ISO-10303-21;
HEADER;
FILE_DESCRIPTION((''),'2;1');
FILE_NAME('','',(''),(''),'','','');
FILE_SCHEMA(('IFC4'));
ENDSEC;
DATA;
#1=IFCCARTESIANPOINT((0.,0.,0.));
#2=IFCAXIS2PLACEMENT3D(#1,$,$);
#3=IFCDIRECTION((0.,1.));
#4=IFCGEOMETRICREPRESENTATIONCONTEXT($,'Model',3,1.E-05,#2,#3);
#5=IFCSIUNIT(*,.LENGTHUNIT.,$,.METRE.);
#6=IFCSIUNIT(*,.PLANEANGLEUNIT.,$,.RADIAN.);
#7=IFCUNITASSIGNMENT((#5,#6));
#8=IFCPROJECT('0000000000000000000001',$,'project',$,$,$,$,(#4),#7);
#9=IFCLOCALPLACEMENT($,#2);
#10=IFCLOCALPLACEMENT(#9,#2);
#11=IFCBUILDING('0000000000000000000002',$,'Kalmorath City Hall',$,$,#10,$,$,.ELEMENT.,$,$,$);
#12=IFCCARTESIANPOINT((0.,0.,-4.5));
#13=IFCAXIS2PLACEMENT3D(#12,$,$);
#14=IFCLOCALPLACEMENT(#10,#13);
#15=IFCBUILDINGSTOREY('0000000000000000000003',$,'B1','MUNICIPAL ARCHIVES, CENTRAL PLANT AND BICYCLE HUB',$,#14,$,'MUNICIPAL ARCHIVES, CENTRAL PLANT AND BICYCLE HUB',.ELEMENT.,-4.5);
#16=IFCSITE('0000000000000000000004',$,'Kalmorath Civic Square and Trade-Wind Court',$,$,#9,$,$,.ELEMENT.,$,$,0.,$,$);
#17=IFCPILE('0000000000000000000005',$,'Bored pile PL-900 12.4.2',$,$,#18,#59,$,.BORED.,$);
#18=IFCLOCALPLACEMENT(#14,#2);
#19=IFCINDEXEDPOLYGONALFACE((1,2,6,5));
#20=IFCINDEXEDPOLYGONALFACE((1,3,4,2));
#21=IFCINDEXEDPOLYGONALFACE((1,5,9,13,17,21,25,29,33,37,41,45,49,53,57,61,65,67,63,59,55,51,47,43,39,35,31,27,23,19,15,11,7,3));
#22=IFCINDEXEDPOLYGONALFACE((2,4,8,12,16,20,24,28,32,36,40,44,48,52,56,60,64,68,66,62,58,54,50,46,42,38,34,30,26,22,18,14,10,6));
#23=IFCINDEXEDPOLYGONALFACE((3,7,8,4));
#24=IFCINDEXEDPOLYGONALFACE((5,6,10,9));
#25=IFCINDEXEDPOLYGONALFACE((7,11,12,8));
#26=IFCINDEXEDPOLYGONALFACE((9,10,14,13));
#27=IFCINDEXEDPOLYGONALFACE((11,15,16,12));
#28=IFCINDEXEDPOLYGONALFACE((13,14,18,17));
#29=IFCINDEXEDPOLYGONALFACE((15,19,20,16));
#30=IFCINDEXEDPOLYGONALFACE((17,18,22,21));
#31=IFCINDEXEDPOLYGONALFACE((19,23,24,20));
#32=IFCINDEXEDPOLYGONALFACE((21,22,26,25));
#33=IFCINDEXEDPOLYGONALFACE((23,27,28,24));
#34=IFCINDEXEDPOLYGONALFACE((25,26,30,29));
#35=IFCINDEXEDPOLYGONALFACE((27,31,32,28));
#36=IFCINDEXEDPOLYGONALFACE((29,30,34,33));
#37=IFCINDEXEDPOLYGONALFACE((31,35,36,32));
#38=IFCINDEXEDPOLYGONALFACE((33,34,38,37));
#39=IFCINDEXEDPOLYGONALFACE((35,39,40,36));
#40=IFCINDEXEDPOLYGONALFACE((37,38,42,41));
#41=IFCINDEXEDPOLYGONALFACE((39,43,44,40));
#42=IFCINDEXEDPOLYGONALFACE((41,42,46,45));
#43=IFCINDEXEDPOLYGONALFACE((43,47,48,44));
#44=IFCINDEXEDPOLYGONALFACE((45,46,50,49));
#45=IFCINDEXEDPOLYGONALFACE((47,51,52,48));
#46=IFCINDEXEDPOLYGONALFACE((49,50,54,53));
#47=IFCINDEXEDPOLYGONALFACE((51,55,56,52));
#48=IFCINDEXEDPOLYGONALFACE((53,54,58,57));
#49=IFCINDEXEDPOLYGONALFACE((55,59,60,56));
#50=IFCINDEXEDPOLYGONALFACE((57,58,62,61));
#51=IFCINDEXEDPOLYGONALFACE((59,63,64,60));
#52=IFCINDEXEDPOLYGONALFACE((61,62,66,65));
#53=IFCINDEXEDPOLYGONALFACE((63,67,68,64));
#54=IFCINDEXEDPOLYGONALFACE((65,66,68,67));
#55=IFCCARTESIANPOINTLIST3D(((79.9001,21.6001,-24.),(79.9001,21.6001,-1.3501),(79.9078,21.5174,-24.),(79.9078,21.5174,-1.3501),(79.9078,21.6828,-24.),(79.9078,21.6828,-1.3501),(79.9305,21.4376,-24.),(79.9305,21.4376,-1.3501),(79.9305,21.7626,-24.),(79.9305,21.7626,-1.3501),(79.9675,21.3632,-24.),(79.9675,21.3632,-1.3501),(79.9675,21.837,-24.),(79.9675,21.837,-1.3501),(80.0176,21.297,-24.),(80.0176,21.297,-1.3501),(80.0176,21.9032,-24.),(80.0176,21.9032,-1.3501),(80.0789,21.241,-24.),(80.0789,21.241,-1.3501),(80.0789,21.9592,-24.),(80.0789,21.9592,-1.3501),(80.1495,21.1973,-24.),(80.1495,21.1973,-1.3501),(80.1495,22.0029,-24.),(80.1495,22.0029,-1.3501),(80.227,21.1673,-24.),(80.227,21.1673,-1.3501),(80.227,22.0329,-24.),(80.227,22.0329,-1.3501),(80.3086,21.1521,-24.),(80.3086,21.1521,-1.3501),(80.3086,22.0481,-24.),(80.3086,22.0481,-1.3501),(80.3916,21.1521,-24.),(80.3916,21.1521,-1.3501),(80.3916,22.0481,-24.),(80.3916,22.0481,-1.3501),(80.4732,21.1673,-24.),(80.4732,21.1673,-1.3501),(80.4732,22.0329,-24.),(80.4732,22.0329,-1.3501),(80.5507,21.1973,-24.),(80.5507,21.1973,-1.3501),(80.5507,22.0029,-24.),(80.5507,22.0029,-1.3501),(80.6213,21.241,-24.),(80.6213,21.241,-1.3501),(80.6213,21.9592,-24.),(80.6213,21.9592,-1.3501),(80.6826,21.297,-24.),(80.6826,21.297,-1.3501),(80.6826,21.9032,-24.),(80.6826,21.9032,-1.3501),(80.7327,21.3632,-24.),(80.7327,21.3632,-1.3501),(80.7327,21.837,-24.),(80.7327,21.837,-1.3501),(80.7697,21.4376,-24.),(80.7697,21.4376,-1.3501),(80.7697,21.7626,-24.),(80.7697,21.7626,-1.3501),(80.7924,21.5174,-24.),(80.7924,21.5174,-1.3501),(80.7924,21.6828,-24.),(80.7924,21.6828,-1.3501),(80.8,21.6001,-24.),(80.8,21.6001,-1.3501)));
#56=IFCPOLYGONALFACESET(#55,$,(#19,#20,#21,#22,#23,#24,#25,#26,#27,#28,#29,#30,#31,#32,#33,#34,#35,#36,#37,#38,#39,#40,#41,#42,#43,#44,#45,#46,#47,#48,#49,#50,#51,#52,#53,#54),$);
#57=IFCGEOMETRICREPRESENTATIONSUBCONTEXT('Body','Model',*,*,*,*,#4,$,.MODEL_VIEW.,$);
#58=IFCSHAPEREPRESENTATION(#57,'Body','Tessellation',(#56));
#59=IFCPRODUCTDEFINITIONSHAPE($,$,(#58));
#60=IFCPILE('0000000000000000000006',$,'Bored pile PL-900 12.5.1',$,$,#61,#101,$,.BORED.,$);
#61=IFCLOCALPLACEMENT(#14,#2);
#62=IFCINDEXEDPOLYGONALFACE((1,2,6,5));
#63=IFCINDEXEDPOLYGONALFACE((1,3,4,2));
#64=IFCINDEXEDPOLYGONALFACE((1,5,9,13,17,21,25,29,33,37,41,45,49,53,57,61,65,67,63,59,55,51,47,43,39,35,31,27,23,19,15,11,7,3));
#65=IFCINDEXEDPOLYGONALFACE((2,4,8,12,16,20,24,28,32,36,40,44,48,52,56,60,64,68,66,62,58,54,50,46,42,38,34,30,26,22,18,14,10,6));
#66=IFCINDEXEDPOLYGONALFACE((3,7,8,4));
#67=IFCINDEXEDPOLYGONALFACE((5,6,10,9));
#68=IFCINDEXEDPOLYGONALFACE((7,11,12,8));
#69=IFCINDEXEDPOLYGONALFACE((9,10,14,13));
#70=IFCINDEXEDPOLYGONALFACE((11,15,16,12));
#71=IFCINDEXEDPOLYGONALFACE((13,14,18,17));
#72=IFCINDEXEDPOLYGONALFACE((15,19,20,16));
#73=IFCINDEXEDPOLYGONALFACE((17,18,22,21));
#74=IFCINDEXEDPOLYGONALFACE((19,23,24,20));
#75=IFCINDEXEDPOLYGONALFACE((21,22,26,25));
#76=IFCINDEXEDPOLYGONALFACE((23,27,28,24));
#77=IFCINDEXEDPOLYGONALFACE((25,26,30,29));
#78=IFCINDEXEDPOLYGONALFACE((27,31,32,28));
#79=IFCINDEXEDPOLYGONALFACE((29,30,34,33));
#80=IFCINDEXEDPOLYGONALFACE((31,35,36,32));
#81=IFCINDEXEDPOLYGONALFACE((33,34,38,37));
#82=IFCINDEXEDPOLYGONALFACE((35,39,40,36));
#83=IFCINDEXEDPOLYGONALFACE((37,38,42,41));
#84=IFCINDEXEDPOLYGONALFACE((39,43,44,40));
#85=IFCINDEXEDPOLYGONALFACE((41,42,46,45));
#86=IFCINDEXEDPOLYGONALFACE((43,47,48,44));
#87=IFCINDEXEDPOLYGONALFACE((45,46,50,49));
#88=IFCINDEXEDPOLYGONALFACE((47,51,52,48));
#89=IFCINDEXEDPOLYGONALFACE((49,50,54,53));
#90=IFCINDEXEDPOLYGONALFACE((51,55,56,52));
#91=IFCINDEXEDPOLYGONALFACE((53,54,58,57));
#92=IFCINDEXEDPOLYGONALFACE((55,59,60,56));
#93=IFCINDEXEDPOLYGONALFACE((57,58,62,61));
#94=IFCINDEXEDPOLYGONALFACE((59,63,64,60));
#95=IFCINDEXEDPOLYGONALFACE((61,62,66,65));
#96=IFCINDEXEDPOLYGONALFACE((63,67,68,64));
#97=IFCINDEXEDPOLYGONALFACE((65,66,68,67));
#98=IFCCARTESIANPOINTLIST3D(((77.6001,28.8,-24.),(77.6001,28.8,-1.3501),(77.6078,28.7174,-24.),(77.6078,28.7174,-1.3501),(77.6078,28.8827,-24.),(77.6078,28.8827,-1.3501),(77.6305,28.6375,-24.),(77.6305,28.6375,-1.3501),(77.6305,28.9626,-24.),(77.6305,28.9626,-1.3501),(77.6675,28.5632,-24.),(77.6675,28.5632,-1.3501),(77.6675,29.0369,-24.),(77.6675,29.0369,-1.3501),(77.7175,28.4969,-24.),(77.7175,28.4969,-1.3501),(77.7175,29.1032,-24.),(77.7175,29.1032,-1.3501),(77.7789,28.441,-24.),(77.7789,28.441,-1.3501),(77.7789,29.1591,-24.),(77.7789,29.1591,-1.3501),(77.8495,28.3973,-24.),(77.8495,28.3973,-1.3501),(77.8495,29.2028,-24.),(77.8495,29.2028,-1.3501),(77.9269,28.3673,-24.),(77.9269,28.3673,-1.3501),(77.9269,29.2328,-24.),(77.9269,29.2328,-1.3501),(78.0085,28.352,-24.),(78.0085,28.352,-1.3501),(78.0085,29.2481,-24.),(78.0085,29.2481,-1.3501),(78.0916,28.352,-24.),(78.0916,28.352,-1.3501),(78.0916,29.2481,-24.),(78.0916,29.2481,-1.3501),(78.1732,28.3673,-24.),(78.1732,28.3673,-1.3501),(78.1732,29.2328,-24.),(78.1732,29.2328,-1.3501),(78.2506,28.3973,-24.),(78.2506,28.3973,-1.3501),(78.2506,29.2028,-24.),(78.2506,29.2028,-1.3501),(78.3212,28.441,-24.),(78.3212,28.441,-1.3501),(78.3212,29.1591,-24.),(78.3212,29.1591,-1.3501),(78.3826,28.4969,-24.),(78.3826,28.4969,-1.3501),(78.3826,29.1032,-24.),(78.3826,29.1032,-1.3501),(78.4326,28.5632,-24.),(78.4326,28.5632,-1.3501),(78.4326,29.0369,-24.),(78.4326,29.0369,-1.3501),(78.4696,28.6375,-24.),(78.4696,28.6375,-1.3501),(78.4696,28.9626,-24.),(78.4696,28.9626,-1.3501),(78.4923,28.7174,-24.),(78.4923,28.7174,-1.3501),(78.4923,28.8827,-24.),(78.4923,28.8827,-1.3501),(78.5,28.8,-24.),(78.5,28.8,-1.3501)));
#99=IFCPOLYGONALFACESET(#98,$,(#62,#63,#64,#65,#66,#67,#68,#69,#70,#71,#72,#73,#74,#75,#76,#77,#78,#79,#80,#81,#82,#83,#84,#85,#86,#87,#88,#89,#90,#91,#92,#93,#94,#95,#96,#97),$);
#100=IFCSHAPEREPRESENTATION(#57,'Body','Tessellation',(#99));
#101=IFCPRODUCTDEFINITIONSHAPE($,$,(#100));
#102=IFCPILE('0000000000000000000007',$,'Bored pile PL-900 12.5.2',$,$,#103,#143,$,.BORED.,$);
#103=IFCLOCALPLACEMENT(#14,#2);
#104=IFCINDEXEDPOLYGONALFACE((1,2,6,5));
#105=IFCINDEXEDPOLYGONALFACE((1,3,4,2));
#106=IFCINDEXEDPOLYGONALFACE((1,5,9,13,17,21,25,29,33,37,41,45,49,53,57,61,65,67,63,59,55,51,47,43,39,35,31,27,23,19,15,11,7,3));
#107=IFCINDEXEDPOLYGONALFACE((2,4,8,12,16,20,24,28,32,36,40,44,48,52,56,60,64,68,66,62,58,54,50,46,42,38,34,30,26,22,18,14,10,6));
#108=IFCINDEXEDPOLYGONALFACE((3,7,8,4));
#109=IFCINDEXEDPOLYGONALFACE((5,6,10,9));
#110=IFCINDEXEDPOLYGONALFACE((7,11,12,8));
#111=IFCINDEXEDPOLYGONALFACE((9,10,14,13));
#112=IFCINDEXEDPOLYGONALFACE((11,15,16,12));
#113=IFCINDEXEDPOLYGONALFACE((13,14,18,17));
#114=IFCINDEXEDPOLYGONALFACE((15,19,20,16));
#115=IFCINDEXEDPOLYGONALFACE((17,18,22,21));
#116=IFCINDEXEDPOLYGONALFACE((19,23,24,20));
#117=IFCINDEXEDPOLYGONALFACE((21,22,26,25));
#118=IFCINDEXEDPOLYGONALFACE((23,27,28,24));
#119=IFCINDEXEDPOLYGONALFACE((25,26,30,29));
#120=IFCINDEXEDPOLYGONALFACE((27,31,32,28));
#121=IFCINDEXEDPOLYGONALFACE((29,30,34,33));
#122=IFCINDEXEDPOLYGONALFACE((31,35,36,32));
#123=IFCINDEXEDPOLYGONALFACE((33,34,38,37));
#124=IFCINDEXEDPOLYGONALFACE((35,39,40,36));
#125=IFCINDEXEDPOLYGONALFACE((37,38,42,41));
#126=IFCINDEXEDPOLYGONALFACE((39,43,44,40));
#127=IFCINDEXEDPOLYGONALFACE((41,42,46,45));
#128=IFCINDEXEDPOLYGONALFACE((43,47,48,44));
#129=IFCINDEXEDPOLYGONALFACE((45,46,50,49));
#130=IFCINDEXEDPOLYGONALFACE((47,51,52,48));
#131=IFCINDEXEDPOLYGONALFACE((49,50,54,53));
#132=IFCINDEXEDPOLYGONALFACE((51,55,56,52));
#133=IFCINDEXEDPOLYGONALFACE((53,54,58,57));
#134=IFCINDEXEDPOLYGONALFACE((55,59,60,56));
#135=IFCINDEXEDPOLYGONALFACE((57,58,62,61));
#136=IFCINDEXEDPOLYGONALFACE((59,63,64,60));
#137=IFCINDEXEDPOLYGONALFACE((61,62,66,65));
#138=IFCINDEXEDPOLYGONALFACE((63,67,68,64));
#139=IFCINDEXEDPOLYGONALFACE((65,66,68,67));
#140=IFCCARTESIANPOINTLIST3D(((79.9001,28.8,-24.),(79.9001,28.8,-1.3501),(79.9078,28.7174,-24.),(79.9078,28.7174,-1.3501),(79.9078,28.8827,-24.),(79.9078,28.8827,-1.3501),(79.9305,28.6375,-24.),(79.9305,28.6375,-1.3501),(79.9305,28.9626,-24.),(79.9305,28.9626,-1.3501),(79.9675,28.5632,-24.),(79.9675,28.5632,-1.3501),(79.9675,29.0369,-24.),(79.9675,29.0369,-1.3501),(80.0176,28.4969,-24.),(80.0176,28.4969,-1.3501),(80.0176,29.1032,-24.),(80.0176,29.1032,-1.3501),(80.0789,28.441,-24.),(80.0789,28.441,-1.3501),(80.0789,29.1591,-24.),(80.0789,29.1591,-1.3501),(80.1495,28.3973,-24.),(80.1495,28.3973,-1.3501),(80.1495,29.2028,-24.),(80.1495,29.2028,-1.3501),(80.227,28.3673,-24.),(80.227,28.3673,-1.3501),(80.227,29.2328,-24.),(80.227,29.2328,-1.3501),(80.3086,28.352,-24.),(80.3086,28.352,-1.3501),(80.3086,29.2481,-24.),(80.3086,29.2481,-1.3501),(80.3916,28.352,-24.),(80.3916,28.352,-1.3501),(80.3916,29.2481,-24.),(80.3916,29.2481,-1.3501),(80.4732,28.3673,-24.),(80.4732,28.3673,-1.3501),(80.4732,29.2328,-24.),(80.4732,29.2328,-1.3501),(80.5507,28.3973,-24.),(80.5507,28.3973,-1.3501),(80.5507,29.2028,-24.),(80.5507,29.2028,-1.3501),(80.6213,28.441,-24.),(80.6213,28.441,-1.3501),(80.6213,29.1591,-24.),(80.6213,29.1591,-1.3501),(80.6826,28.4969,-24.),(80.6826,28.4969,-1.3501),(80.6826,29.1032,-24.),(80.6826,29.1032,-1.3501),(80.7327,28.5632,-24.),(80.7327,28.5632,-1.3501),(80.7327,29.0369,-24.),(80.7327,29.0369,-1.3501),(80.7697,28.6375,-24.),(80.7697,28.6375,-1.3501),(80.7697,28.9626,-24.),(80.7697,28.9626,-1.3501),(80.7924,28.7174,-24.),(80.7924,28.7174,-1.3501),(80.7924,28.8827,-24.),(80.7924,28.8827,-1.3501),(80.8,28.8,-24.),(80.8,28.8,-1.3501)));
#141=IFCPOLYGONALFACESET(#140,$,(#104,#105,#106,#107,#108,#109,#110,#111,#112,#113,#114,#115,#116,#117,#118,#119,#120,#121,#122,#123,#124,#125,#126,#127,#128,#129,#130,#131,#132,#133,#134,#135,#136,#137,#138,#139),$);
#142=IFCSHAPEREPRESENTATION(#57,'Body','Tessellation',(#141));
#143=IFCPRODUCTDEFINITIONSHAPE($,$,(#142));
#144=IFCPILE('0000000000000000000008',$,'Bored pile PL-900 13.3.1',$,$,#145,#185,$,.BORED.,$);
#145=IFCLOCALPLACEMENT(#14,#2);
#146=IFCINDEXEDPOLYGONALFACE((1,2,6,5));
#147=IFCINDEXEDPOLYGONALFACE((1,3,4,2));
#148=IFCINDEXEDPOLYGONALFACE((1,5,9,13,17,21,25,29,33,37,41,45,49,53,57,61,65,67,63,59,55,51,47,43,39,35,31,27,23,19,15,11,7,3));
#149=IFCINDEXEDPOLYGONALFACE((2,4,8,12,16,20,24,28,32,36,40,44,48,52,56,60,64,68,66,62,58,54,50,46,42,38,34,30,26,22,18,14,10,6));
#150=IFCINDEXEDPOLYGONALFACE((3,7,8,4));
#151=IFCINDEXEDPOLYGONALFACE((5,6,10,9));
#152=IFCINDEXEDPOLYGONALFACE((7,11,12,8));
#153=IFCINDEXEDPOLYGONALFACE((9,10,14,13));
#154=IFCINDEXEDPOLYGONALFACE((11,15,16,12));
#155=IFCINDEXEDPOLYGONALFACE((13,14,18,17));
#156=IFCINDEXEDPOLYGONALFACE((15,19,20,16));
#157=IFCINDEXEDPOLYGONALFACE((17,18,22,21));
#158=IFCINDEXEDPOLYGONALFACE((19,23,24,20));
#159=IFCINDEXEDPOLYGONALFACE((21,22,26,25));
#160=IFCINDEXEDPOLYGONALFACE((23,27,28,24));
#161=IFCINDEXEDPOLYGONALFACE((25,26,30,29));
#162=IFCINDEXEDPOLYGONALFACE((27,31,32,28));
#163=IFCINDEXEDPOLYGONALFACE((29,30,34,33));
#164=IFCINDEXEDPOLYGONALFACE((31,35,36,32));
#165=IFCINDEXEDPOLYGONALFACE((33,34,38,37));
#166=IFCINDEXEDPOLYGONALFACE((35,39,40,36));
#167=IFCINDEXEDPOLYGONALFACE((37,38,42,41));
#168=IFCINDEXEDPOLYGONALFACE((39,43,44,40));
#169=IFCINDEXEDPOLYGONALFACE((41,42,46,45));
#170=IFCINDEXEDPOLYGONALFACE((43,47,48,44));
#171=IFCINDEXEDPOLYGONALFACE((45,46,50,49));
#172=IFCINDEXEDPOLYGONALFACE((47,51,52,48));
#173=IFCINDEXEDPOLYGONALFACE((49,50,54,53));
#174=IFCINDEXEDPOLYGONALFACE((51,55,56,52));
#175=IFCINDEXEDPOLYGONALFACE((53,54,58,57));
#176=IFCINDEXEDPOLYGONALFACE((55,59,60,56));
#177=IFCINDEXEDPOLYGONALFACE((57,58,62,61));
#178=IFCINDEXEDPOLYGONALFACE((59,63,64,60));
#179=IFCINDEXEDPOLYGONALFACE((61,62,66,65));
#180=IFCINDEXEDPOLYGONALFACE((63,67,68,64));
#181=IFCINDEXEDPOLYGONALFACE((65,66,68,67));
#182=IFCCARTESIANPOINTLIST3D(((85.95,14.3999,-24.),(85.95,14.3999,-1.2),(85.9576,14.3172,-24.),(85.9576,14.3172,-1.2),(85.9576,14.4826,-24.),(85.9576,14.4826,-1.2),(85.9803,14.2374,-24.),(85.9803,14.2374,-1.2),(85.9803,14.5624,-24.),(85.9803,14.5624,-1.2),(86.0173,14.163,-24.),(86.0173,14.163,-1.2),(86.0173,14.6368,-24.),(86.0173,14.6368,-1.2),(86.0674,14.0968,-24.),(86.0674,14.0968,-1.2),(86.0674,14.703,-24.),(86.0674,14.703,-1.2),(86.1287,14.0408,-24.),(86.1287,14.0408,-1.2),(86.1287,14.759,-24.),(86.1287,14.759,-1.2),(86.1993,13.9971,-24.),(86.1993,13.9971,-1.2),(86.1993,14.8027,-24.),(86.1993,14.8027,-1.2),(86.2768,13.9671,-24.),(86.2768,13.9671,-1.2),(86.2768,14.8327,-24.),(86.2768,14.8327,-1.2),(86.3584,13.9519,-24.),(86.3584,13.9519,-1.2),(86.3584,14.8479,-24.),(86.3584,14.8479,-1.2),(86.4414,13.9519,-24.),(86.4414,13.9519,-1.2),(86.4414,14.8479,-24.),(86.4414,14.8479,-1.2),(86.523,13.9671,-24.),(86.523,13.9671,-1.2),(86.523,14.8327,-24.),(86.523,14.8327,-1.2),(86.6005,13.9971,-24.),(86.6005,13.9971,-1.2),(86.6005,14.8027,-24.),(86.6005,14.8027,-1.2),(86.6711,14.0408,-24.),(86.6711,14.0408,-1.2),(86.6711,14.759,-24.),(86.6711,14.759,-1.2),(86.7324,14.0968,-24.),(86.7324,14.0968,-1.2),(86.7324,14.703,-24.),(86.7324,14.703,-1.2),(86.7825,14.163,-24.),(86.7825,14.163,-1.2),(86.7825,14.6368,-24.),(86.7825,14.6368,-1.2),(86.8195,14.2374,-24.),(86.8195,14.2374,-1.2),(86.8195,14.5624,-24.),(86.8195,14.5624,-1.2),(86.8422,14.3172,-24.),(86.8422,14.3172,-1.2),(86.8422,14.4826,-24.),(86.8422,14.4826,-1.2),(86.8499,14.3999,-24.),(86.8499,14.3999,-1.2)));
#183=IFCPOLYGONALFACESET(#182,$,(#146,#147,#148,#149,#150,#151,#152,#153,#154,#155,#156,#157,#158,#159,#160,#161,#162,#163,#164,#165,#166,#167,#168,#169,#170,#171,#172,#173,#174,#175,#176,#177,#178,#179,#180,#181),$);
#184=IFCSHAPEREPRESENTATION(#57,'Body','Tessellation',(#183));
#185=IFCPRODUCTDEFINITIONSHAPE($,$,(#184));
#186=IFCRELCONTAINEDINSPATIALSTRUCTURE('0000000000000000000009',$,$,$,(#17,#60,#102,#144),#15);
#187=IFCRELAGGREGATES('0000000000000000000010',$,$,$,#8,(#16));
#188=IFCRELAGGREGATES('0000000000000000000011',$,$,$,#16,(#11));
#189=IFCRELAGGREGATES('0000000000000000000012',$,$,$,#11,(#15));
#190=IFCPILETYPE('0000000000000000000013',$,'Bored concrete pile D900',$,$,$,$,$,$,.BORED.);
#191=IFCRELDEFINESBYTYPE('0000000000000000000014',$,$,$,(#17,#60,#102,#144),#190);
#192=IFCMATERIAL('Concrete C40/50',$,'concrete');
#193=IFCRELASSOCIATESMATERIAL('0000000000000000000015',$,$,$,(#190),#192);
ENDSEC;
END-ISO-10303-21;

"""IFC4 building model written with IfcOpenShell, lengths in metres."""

from ifc_helpers import new_model, si_unit, direction, frame, origin, origin_2d, place, context, subcontext, project, spatial, circle, extrude, material, material_profile, profile_set, type_object, element, save


model = new_model("IFC4")

# Units and contexts
model_context = context("Model", 3, precision=1e-05, world=origin(), true_north=direction((0.0, 1.0)))
body_context = subcontext(model_context, "Body", "Model", "MODEL_VIEW")
ifc_project = project(units=[si_unit("LENGTHUNIT", "METRE"), si_unit("PLANEANGLEUNIT", "RADIAN")], contexts=[model_context])

# Site, building, storey
site_placement = place(None, origin())
site = spatial("IfcSite", under=ifc_project, at=site_placement, Name="Kalmorath Civic Square and Trade-Wind Court", CompositionType="ELEMENT", RefElevation=0.0)
building_placement = place(site_placement, origin())
building = spatial("IfcBuilding", under=site, at=building_placement, Name="Kalmorath City Hall", CompositionType="ELEMENT")
storey_placement = place(building_placement, frame((0.0, 0.0, -4.5)))
storey = spatial("IfcBuildingStorey", under=building, at=storey_placement, Name="B1", Description="MUNICIPAL ARCHIVES, CENTRAL PLANT AND BICYCLE HUB", LongName="MUNICIPAL ARCHIVES, CENTRAL PLANT AND BICYCLE HUB", CompositionType="ELEMENT", Elevation=-4.5)

# Piles
ifc_material_1 = material(Name="Concrete C40/50", Category="concrete")
ifc_material_profile_1 = material_profile(ifc_material_1, circle(Radius=0.45, at=origin_2d()), Name="PILE-D900")
ifc_profile_set_1 = profile_set([ifc_material_profile_1], Name="Concrete C40/50")
pile_type = type_object("IfcPileType", Name="Bored concrete pile D900", PredefinedType="BORED", material=ifc_profile_set_1)
for number, where, z_axis, x_axis, name in (
    (1, (80.3501, 21.6001, -1.3501), (0.0, 0.0, -1.0), (1.0, 0.0, 0.0), "Bored pile PL-900 12.4.2"),
    (2, (78.05, 28.8, -1.3501), (0.0, 0.0, -1.0), (1.0, 0.0, 0.0), "Bored pile PL-900 12.5.1"),
    (3, (80.3501, 28.8, -1.3501), (0.0, 0.0, -1.0), (1.0, 0.0, 0.0), "Bored pile PL-900 12.5.2"),
):
    element("IfcPile", number, at=place(storey_placement, frame(where, z_axis=z_axis, x_axis=x_axis)), inside=storey, type_object=pile_type, Name=name, PredefinedType="BORED", context=body_context, shape_type="SweptSolid", body=[
        extrude(circle(Radius=0.45, at=origin_2d()), origin(), (0.0, 0.0, 1.0), 22.6499),
    ])
pile_1_placement = place(storey_placement, frame((86.3999, 14.3999, -1.2), z_axis=(0.0, 0.0, -1.0), x_axis=(1.0, 0.0, 0.0)))
element("IfcPile", 4, at=pile_1_placement, inside=storey, type_object=pile_type, Name="Bored pile PL-900 13.3.1", PredefinedType="BORED", context=body_context, shape_type="SweptSolid", body=[
    extrude(circle(Radius=0.45, at=origin_2d()), origin(), (0.0, 0.0, 1.0), 22.8),
])

save(model, "model.ifc")
